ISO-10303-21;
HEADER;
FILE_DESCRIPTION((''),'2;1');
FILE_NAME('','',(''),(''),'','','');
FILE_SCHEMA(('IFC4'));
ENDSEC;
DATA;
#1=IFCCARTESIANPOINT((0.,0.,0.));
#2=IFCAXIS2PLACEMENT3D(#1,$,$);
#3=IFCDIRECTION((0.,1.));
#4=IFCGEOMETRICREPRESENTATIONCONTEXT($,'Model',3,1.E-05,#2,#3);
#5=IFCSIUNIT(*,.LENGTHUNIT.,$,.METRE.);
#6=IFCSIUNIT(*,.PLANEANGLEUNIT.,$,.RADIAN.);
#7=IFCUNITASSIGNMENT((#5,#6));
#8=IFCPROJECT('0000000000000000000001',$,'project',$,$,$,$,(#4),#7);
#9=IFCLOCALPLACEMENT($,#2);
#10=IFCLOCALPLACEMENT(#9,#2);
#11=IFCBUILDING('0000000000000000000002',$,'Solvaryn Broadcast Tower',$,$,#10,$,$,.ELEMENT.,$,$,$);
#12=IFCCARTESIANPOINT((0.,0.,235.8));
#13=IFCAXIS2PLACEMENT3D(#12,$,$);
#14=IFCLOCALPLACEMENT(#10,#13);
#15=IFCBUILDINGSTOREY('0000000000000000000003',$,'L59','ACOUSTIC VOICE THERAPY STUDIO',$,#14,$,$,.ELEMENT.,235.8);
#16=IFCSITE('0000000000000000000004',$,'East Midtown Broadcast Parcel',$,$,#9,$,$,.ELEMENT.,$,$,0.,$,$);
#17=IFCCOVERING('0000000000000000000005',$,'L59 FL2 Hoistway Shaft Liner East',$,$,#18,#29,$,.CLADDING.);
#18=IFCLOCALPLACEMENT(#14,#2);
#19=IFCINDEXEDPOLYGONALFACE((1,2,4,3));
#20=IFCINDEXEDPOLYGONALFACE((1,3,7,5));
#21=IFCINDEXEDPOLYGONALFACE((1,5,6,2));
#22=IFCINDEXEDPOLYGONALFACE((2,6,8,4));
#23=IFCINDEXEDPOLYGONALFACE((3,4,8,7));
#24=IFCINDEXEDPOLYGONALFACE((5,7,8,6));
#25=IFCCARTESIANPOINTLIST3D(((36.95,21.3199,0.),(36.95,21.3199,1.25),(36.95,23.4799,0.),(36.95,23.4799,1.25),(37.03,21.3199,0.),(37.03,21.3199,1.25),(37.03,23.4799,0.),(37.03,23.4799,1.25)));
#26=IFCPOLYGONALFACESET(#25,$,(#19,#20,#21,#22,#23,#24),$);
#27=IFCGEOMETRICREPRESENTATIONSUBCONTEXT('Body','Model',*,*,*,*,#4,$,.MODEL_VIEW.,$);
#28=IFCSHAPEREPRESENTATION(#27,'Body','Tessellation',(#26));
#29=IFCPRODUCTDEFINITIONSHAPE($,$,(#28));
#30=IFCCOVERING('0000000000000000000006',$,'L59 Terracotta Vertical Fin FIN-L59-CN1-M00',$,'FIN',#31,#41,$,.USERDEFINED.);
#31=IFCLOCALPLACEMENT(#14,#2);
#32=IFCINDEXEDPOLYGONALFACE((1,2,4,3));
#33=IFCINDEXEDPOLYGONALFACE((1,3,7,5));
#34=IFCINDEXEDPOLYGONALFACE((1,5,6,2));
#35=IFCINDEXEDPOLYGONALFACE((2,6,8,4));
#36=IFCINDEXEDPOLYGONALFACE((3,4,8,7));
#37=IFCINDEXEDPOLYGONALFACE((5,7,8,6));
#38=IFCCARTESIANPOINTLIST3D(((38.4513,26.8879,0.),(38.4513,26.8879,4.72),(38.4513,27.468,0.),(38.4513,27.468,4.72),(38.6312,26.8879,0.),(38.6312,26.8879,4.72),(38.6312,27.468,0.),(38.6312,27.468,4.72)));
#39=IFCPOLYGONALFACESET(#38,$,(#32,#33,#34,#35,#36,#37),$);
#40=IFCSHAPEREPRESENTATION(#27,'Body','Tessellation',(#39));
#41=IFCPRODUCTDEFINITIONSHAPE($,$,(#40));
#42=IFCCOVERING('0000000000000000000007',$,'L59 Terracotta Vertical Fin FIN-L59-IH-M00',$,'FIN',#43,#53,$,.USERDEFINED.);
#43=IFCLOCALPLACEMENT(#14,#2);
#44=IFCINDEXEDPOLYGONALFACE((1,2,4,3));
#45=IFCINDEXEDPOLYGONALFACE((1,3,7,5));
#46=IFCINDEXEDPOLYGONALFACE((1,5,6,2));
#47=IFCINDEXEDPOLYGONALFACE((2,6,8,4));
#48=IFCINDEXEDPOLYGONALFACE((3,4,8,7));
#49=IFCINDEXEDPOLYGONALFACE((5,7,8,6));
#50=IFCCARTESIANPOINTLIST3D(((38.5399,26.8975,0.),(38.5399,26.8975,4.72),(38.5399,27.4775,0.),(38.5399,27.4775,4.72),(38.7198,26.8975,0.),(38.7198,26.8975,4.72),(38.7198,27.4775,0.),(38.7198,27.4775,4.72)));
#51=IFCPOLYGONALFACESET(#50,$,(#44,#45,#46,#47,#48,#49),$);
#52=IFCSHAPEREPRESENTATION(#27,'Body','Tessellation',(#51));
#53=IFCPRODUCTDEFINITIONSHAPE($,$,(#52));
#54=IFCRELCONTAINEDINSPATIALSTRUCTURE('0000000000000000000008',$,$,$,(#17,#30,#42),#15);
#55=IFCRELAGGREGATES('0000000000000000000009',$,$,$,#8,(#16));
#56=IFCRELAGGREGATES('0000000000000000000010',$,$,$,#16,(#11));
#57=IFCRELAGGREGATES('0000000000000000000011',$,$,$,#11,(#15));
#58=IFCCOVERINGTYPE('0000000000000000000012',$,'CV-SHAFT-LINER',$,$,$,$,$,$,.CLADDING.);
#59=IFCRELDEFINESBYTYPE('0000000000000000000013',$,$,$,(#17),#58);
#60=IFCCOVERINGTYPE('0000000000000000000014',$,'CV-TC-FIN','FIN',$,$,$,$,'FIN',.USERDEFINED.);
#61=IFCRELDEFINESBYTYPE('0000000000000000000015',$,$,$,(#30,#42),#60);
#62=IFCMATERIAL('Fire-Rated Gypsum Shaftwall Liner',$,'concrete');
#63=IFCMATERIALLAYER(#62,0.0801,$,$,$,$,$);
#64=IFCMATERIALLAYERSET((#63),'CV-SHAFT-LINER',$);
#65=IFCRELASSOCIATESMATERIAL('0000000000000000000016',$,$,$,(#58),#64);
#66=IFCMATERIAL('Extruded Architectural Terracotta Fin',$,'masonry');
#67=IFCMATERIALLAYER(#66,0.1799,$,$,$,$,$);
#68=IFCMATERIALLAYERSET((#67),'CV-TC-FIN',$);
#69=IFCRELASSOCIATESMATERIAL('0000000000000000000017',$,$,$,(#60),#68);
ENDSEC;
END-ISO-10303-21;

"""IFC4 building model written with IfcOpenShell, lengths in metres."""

from ifc_helpers import new_model, si_unit, direction, frame, origin, origin_2d, place, context, subcontext, project, spatial, rectangle, extrude, material, layer, layer_set, type_object, element, save


model = new_model("IFC4")

# Units and contexts
model_context = context("Model", 3, precision=1e-05, world=origin(), true_north=direction((0.0, 1.0)))
body_context = subcontext(model_context, "Body", "Model", "MODEL_VIEW")
ifc_project = project(units=[si_unit("LENGTHUNIT", "METRE"), si_unit("PLANEANGLEUNIT", "RADIAN")], contexts=[model_context])

# Site, building, storey
site_placement = place(None, origin())
site = spatial("IfcSite", under=ifc_project, at=site_placement, Name="East Midtown Broadcast Parcel", CompositionType="ELEMENT", RefElevation=0.0)
building_placement = place(site_placement, origin())
building = spatial("IfcBuilding", under=site, at=building_placement, Name="Solvaryn Broadcast Tower", CompositionType="ELEMENT")
storey_placement = place(building_placement, frame((0.0, 0.0, 235.8)))
storey = spatial("IfcBuildingStorey", under=building, at=storey_placement, Name="L59", Description="ACOUSTIC VOICE THERAPY STUDIO", CompositionType="ELEMENT", Elevation=235.8)

# Coverings
ifc_material_1 = material(Name="Fire-Rated Gypsum Shaftwall Liner", Category="concrete")
ifc_layer_1 = layer(ifc_material_1, 0.0801)
ifc_layer_set_1 = layer_set([ifc_layer_1], Name="CV-SHAFT-LINER")
covering_type_1 = type_object("IfcCoveringType", Name="CV-SHAFT-LINER", PredefinedType="CLADDING", material=ifc_layer_set_1)
covering_placement = place(storey_placement, frame((36.99, 22.3999, 0.0), z_axis=(0.0, 0.0, 1.0), x_axis=(1.0, 0.0, 0.0)))
element("IfcCovering", 1, at=covering_placement, inside=storey, type_object=covering_type_1, Name="L59 FL2 Hoistway Shaft Liner East", PredefinedType="CLADDING", context=body_context, shape_type="SweptSolid", body=[
    extrude(rectangle(XDim=0.0801, YDim=2.1599, at=origin_2d()), origin(), (0.0, 0.0, 1.0), 1.25),
])
ifc_material_2 = material(Name="Extruded Architectural Terracotta Fin", Category="masonry")
ifc_layer_2 = layer(ifc_material_2, 0.1799)
ifc_layer_set_2 = layer_set([ifc_layer_2], Name="CV-TC-FIN")
covering_type_2 = type_object("IfcCoveringType", Name="CV-TC-FIN", Description="FIN", ElementType="FIN", PredefinedType="USERDEFINED", material=ifc_layer_set_2)
for number, where, z_axis, x_axis, name in (
    (2, (38.5413, 27.178, 0.0), (0.0, 0.0, 1.0), (1.0, 0.0, 0.0), "L59 Terracotta Vertical Fin FIN-L59-CN1-M00"),
    (3, (38.6299, 27.1875, 0.0), (0.0, 0.0, 1.0), (1.0, 0.0, 0.0), "L59 Terracotta Vertical Fin FIN-L59-IH-M00"),
):
    element("IfcCovering", number, at=place(storey_placement, frame(where, z_axis=z_axis, x_axis=x_axis)), inside=storey, type_object=covering_type_2, Name=name, ObjectType="FIN", PredefinedType="USERDEFINED", context=body_context, shape_type="SweptSolid", body=[
        extrude(rectangle(XDim=0.1799, YDim=0.5801, at=origin_2d()), origin(), (0.0, 0.0, 1.0), 4.72),
    ])

save(model, "model.ifc")
